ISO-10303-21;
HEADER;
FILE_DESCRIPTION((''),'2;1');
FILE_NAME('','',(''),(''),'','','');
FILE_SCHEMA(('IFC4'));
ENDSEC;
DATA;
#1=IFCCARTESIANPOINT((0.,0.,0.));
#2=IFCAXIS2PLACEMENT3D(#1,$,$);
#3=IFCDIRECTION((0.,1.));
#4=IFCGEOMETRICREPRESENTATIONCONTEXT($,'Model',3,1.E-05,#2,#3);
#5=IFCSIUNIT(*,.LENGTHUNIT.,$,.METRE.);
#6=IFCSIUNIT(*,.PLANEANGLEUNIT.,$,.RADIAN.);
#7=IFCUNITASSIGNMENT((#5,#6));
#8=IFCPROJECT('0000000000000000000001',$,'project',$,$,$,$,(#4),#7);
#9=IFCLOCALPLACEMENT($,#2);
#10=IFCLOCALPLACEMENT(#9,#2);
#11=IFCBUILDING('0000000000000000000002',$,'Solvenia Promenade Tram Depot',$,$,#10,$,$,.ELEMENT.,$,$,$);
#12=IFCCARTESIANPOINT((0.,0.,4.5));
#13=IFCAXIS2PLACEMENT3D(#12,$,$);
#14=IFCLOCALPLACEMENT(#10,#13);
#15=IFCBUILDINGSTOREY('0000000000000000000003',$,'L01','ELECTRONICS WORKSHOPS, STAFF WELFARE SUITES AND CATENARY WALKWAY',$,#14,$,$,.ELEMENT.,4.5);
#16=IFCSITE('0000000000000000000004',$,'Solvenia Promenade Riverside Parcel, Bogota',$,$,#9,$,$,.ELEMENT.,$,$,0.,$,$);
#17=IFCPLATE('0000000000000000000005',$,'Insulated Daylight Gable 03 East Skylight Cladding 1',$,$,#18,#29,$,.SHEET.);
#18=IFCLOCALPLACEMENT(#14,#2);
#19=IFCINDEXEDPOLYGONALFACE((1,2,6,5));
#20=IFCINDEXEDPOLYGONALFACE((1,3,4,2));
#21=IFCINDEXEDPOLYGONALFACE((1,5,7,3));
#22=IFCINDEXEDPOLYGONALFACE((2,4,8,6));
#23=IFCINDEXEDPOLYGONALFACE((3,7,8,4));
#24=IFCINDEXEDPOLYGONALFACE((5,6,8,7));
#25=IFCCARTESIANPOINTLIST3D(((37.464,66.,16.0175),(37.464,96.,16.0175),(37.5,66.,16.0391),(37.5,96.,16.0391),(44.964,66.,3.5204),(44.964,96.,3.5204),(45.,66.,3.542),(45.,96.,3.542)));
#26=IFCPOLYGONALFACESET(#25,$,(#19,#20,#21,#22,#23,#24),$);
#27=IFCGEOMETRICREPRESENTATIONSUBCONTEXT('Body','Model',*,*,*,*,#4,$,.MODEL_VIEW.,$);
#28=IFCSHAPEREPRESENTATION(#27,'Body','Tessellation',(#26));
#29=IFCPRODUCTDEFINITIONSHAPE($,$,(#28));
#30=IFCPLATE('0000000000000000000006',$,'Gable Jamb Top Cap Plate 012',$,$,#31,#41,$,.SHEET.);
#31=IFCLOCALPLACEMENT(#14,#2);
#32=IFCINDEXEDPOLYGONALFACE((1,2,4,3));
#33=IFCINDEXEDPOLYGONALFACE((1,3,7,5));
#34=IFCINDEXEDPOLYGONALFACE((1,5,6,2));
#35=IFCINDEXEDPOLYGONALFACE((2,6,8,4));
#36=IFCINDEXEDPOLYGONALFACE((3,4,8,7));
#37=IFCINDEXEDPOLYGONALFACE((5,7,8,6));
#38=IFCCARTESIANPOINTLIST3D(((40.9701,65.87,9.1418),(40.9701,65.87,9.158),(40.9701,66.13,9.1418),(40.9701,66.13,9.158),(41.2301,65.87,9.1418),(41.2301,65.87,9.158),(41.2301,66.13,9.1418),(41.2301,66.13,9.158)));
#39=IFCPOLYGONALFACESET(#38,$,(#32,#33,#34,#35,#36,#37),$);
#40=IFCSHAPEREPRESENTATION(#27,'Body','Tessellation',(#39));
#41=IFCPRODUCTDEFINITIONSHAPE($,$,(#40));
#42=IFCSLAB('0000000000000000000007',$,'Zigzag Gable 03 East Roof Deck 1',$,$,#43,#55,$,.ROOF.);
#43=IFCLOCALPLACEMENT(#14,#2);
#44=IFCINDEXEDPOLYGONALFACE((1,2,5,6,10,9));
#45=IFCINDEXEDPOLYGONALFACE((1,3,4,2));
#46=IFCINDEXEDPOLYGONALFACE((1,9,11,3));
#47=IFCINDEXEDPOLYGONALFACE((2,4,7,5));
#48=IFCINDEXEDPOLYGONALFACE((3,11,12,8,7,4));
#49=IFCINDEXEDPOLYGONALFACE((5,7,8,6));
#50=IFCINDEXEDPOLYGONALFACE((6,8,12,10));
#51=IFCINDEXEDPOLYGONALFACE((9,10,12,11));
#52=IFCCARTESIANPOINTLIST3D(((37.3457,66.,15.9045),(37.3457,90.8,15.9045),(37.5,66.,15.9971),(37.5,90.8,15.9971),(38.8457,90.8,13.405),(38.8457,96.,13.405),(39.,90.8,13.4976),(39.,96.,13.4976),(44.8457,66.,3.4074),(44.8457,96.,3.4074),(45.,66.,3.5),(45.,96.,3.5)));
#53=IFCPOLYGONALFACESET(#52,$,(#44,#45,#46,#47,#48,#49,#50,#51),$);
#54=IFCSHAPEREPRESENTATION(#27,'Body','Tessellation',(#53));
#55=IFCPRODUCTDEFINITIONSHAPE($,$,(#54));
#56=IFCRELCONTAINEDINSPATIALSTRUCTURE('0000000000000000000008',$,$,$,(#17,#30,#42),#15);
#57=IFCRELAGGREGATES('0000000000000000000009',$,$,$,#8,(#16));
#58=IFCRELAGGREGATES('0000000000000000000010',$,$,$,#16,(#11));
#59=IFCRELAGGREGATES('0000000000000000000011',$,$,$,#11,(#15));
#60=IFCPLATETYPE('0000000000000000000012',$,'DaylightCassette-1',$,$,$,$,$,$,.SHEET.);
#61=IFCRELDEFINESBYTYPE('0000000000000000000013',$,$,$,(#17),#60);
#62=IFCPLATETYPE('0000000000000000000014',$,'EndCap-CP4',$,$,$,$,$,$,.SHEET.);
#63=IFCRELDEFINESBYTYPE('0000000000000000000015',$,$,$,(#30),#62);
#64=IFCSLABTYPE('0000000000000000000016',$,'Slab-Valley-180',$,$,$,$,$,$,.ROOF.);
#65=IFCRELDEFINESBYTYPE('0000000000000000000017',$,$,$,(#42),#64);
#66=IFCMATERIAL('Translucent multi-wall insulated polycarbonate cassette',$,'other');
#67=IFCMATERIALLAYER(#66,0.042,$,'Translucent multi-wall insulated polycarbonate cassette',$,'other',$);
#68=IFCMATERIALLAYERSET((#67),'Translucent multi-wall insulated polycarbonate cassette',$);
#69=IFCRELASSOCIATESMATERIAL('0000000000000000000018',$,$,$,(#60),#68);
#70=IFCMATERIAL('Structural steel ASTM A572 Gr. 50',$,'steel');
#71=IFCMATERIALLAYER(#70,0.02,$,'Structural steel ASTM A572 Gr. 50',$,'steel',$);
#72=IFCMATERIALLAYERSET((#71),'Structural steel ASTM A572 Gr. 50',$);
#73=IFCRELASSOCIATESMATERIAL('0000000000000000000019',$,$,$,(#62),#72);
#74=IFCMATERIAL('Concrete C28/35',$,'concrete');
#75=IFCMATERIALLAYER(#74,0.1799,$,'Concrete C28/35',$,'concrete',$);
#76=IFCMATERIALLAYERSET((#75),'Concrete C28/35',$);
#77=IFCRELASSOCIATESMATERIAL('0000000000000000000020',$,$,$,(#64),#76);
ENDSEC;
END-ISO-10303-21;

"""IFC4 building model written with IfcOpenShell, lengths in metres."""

from ifc_helpers import new_model, si_unit, direction, frame, origin, origin_2d, place, context, subcontext, project, spatial, polyline, rectangle, outline, extrude, material, layer, layer_set, type_object, element, save


model = new_model("IFC4")

# Units and contexts
model_context = context("Model", 3, precision=1e-05, world=origin(), true_north=direction((0.0, 1.0)))
body_context = subcontext(model_context, "Body", "Model", "MODEL_VIEW")
ifc_project = project(units=[si_unit("LENGTHUNIT", "METRE"), si_unit("PLANEANGLEUNIT", "RADIAN")], contexts=[model_context])

# Site, building, storey
site_placement = place(None, origin())
site = spatial("IfcSite", under=ifc_project, at=site_placement, Name="Solvenia Promenade Riverside Parcel, Bogota", CompositionType="ELEMENT", RefElevation=0.0)
building_placement = place(site_placement, origin())
building = spatial("IfcBuilding", under=site, at=building_placement, Name="Solvenia Promenade Tram Depot", CompositionType="ELEMENT")
storey_placement = place(building_placement, frame((0.0, 0.0, 4.5)))
storey = spatial("IfcBuildingStorey", under=building, at=storey_placement, Name="L01", Description="ELECTRONICS WORKSHOPS, STAFF WELFARE SUITES AND CATENARY WALKWAY", CompositionType="ELEMENT", Elevation=4.5)

# Plates
ifc_material_1 = material(Name="Translucent multi-wall insulated polycarbonate cassette", Category="other")
ifc_layer_1 = layer(ifc_material_1, 0.042, Name="Translucent multi-wall insulated polycarbonate cassette", Category="other")
ifc_layer_set_1 = layer_set([ifc_layer_1], Name="Translucent multi-wall insulated polycarbonate cassette")
plate_type_1 = type_object("IfcPlateType", Name="DaylightCassette-1", PredefinedType="SHEET", material=ifc_layer_set_1)
plate_1_placement = place(storey_placement, frame((37.5, 66.0, 16.0391), z_axis=(0.85744, 0.0, 0.514584), x_axis=(0.0, 1.0, 0.0)))
element("IfcPlate", 1, at=plate_1_placement, inside=storey, type_object=plate_type_1, Name="Insulated Daylight Gable 03 East Skylight Cladding 1", PredefinedType="SHEET", context=body_context, shape_type="SweptSolid", body=[
    extrude(outline(polyline([(0.0, 0.0), (30.0, 0.0), (30.0, -14.5749), (0.0, -14.5749), (0.0, 0.0)])), origin(), (0.0, 0.0, -1.0), 0.042),
])
ifc_material_2 = material(Name="Structural steel ASTM A572 Gr. 50", Category="steel")
ifc_layer_2 = layer(ifc_material_2, 0.02, Name="Structural steel ASTM A572 Gr. 50", Category="steel")
ifc_layer_set_2 = layer_set([ifc_layer_2], Name="Structural steel ASTM A572 Gr. 50")
plate_type_2 = type_object("IfcPlateType", Name="EndCap-CP4", PredefinedType="SHEET", material=ifc_layer_set_2)
plate_2_placement = place(storey_placement, frame((41.1001, 66.0, 9.1418), z_axis=(0.0, 0.0, 1.0), x_axis=(1.0, 0.0, 0.0)))
element("IfcPlate", 2, at=plate_2_placement, inside=storey, type_object=plate_type_2, Name="Gable Jamb Top Cap Plate 012", PredefinedType="SHEET", context=body_context, shape_type="SweptSolid", body=[
    extrude(rectangle(XDim=0.26, YDim=0.26, at=origin_2d()), origin(), (0.0, 0.0, 1.0), 0.0161),
])

# Slab
ifc_material_3 = material(Name="Concrete C28/35", Category="concrete")
ifc_layer_3 = layer(ifc_material_3, 0.1799, Name="Concrete C28/35", Category="concrete")
ifc_layer_set_3 = layer_set([ifc_layer_3], Name="Concrete C28/35")
slab_type = type_object("IfcSlabType", Name="Slab-Valley-180", PredefinedType="ROOF", material=ifc_layer_set_3)
slab_placement = place(storey_placement, frame((37.5, 66.0, 15.9971), z_axis=(0.857439, 0.000001, 0.514585), x_axis=(-0.000001, 1.0, 0.0)))
element("IfcSlab", 3, at=slab_placement, inside=storey, type_object=slab_type, Name="Zigzag Gable 03 East Roof Deck 1", PredefinedType="ROOF", context=body_context, shape_type="SweptSolid", body=[
    extrude(outline(polyline([(0.0, 0.0), (24.8, 0.0), (24.8, -2.9151), (30.0, -2.9151), (30.0, -14.5749), (0.0, -14.5749), (0.0, 0.0)])), origin(), (0.0, 0.0, -1.0), 0.1799),
])

save(model, "model.ifc")
